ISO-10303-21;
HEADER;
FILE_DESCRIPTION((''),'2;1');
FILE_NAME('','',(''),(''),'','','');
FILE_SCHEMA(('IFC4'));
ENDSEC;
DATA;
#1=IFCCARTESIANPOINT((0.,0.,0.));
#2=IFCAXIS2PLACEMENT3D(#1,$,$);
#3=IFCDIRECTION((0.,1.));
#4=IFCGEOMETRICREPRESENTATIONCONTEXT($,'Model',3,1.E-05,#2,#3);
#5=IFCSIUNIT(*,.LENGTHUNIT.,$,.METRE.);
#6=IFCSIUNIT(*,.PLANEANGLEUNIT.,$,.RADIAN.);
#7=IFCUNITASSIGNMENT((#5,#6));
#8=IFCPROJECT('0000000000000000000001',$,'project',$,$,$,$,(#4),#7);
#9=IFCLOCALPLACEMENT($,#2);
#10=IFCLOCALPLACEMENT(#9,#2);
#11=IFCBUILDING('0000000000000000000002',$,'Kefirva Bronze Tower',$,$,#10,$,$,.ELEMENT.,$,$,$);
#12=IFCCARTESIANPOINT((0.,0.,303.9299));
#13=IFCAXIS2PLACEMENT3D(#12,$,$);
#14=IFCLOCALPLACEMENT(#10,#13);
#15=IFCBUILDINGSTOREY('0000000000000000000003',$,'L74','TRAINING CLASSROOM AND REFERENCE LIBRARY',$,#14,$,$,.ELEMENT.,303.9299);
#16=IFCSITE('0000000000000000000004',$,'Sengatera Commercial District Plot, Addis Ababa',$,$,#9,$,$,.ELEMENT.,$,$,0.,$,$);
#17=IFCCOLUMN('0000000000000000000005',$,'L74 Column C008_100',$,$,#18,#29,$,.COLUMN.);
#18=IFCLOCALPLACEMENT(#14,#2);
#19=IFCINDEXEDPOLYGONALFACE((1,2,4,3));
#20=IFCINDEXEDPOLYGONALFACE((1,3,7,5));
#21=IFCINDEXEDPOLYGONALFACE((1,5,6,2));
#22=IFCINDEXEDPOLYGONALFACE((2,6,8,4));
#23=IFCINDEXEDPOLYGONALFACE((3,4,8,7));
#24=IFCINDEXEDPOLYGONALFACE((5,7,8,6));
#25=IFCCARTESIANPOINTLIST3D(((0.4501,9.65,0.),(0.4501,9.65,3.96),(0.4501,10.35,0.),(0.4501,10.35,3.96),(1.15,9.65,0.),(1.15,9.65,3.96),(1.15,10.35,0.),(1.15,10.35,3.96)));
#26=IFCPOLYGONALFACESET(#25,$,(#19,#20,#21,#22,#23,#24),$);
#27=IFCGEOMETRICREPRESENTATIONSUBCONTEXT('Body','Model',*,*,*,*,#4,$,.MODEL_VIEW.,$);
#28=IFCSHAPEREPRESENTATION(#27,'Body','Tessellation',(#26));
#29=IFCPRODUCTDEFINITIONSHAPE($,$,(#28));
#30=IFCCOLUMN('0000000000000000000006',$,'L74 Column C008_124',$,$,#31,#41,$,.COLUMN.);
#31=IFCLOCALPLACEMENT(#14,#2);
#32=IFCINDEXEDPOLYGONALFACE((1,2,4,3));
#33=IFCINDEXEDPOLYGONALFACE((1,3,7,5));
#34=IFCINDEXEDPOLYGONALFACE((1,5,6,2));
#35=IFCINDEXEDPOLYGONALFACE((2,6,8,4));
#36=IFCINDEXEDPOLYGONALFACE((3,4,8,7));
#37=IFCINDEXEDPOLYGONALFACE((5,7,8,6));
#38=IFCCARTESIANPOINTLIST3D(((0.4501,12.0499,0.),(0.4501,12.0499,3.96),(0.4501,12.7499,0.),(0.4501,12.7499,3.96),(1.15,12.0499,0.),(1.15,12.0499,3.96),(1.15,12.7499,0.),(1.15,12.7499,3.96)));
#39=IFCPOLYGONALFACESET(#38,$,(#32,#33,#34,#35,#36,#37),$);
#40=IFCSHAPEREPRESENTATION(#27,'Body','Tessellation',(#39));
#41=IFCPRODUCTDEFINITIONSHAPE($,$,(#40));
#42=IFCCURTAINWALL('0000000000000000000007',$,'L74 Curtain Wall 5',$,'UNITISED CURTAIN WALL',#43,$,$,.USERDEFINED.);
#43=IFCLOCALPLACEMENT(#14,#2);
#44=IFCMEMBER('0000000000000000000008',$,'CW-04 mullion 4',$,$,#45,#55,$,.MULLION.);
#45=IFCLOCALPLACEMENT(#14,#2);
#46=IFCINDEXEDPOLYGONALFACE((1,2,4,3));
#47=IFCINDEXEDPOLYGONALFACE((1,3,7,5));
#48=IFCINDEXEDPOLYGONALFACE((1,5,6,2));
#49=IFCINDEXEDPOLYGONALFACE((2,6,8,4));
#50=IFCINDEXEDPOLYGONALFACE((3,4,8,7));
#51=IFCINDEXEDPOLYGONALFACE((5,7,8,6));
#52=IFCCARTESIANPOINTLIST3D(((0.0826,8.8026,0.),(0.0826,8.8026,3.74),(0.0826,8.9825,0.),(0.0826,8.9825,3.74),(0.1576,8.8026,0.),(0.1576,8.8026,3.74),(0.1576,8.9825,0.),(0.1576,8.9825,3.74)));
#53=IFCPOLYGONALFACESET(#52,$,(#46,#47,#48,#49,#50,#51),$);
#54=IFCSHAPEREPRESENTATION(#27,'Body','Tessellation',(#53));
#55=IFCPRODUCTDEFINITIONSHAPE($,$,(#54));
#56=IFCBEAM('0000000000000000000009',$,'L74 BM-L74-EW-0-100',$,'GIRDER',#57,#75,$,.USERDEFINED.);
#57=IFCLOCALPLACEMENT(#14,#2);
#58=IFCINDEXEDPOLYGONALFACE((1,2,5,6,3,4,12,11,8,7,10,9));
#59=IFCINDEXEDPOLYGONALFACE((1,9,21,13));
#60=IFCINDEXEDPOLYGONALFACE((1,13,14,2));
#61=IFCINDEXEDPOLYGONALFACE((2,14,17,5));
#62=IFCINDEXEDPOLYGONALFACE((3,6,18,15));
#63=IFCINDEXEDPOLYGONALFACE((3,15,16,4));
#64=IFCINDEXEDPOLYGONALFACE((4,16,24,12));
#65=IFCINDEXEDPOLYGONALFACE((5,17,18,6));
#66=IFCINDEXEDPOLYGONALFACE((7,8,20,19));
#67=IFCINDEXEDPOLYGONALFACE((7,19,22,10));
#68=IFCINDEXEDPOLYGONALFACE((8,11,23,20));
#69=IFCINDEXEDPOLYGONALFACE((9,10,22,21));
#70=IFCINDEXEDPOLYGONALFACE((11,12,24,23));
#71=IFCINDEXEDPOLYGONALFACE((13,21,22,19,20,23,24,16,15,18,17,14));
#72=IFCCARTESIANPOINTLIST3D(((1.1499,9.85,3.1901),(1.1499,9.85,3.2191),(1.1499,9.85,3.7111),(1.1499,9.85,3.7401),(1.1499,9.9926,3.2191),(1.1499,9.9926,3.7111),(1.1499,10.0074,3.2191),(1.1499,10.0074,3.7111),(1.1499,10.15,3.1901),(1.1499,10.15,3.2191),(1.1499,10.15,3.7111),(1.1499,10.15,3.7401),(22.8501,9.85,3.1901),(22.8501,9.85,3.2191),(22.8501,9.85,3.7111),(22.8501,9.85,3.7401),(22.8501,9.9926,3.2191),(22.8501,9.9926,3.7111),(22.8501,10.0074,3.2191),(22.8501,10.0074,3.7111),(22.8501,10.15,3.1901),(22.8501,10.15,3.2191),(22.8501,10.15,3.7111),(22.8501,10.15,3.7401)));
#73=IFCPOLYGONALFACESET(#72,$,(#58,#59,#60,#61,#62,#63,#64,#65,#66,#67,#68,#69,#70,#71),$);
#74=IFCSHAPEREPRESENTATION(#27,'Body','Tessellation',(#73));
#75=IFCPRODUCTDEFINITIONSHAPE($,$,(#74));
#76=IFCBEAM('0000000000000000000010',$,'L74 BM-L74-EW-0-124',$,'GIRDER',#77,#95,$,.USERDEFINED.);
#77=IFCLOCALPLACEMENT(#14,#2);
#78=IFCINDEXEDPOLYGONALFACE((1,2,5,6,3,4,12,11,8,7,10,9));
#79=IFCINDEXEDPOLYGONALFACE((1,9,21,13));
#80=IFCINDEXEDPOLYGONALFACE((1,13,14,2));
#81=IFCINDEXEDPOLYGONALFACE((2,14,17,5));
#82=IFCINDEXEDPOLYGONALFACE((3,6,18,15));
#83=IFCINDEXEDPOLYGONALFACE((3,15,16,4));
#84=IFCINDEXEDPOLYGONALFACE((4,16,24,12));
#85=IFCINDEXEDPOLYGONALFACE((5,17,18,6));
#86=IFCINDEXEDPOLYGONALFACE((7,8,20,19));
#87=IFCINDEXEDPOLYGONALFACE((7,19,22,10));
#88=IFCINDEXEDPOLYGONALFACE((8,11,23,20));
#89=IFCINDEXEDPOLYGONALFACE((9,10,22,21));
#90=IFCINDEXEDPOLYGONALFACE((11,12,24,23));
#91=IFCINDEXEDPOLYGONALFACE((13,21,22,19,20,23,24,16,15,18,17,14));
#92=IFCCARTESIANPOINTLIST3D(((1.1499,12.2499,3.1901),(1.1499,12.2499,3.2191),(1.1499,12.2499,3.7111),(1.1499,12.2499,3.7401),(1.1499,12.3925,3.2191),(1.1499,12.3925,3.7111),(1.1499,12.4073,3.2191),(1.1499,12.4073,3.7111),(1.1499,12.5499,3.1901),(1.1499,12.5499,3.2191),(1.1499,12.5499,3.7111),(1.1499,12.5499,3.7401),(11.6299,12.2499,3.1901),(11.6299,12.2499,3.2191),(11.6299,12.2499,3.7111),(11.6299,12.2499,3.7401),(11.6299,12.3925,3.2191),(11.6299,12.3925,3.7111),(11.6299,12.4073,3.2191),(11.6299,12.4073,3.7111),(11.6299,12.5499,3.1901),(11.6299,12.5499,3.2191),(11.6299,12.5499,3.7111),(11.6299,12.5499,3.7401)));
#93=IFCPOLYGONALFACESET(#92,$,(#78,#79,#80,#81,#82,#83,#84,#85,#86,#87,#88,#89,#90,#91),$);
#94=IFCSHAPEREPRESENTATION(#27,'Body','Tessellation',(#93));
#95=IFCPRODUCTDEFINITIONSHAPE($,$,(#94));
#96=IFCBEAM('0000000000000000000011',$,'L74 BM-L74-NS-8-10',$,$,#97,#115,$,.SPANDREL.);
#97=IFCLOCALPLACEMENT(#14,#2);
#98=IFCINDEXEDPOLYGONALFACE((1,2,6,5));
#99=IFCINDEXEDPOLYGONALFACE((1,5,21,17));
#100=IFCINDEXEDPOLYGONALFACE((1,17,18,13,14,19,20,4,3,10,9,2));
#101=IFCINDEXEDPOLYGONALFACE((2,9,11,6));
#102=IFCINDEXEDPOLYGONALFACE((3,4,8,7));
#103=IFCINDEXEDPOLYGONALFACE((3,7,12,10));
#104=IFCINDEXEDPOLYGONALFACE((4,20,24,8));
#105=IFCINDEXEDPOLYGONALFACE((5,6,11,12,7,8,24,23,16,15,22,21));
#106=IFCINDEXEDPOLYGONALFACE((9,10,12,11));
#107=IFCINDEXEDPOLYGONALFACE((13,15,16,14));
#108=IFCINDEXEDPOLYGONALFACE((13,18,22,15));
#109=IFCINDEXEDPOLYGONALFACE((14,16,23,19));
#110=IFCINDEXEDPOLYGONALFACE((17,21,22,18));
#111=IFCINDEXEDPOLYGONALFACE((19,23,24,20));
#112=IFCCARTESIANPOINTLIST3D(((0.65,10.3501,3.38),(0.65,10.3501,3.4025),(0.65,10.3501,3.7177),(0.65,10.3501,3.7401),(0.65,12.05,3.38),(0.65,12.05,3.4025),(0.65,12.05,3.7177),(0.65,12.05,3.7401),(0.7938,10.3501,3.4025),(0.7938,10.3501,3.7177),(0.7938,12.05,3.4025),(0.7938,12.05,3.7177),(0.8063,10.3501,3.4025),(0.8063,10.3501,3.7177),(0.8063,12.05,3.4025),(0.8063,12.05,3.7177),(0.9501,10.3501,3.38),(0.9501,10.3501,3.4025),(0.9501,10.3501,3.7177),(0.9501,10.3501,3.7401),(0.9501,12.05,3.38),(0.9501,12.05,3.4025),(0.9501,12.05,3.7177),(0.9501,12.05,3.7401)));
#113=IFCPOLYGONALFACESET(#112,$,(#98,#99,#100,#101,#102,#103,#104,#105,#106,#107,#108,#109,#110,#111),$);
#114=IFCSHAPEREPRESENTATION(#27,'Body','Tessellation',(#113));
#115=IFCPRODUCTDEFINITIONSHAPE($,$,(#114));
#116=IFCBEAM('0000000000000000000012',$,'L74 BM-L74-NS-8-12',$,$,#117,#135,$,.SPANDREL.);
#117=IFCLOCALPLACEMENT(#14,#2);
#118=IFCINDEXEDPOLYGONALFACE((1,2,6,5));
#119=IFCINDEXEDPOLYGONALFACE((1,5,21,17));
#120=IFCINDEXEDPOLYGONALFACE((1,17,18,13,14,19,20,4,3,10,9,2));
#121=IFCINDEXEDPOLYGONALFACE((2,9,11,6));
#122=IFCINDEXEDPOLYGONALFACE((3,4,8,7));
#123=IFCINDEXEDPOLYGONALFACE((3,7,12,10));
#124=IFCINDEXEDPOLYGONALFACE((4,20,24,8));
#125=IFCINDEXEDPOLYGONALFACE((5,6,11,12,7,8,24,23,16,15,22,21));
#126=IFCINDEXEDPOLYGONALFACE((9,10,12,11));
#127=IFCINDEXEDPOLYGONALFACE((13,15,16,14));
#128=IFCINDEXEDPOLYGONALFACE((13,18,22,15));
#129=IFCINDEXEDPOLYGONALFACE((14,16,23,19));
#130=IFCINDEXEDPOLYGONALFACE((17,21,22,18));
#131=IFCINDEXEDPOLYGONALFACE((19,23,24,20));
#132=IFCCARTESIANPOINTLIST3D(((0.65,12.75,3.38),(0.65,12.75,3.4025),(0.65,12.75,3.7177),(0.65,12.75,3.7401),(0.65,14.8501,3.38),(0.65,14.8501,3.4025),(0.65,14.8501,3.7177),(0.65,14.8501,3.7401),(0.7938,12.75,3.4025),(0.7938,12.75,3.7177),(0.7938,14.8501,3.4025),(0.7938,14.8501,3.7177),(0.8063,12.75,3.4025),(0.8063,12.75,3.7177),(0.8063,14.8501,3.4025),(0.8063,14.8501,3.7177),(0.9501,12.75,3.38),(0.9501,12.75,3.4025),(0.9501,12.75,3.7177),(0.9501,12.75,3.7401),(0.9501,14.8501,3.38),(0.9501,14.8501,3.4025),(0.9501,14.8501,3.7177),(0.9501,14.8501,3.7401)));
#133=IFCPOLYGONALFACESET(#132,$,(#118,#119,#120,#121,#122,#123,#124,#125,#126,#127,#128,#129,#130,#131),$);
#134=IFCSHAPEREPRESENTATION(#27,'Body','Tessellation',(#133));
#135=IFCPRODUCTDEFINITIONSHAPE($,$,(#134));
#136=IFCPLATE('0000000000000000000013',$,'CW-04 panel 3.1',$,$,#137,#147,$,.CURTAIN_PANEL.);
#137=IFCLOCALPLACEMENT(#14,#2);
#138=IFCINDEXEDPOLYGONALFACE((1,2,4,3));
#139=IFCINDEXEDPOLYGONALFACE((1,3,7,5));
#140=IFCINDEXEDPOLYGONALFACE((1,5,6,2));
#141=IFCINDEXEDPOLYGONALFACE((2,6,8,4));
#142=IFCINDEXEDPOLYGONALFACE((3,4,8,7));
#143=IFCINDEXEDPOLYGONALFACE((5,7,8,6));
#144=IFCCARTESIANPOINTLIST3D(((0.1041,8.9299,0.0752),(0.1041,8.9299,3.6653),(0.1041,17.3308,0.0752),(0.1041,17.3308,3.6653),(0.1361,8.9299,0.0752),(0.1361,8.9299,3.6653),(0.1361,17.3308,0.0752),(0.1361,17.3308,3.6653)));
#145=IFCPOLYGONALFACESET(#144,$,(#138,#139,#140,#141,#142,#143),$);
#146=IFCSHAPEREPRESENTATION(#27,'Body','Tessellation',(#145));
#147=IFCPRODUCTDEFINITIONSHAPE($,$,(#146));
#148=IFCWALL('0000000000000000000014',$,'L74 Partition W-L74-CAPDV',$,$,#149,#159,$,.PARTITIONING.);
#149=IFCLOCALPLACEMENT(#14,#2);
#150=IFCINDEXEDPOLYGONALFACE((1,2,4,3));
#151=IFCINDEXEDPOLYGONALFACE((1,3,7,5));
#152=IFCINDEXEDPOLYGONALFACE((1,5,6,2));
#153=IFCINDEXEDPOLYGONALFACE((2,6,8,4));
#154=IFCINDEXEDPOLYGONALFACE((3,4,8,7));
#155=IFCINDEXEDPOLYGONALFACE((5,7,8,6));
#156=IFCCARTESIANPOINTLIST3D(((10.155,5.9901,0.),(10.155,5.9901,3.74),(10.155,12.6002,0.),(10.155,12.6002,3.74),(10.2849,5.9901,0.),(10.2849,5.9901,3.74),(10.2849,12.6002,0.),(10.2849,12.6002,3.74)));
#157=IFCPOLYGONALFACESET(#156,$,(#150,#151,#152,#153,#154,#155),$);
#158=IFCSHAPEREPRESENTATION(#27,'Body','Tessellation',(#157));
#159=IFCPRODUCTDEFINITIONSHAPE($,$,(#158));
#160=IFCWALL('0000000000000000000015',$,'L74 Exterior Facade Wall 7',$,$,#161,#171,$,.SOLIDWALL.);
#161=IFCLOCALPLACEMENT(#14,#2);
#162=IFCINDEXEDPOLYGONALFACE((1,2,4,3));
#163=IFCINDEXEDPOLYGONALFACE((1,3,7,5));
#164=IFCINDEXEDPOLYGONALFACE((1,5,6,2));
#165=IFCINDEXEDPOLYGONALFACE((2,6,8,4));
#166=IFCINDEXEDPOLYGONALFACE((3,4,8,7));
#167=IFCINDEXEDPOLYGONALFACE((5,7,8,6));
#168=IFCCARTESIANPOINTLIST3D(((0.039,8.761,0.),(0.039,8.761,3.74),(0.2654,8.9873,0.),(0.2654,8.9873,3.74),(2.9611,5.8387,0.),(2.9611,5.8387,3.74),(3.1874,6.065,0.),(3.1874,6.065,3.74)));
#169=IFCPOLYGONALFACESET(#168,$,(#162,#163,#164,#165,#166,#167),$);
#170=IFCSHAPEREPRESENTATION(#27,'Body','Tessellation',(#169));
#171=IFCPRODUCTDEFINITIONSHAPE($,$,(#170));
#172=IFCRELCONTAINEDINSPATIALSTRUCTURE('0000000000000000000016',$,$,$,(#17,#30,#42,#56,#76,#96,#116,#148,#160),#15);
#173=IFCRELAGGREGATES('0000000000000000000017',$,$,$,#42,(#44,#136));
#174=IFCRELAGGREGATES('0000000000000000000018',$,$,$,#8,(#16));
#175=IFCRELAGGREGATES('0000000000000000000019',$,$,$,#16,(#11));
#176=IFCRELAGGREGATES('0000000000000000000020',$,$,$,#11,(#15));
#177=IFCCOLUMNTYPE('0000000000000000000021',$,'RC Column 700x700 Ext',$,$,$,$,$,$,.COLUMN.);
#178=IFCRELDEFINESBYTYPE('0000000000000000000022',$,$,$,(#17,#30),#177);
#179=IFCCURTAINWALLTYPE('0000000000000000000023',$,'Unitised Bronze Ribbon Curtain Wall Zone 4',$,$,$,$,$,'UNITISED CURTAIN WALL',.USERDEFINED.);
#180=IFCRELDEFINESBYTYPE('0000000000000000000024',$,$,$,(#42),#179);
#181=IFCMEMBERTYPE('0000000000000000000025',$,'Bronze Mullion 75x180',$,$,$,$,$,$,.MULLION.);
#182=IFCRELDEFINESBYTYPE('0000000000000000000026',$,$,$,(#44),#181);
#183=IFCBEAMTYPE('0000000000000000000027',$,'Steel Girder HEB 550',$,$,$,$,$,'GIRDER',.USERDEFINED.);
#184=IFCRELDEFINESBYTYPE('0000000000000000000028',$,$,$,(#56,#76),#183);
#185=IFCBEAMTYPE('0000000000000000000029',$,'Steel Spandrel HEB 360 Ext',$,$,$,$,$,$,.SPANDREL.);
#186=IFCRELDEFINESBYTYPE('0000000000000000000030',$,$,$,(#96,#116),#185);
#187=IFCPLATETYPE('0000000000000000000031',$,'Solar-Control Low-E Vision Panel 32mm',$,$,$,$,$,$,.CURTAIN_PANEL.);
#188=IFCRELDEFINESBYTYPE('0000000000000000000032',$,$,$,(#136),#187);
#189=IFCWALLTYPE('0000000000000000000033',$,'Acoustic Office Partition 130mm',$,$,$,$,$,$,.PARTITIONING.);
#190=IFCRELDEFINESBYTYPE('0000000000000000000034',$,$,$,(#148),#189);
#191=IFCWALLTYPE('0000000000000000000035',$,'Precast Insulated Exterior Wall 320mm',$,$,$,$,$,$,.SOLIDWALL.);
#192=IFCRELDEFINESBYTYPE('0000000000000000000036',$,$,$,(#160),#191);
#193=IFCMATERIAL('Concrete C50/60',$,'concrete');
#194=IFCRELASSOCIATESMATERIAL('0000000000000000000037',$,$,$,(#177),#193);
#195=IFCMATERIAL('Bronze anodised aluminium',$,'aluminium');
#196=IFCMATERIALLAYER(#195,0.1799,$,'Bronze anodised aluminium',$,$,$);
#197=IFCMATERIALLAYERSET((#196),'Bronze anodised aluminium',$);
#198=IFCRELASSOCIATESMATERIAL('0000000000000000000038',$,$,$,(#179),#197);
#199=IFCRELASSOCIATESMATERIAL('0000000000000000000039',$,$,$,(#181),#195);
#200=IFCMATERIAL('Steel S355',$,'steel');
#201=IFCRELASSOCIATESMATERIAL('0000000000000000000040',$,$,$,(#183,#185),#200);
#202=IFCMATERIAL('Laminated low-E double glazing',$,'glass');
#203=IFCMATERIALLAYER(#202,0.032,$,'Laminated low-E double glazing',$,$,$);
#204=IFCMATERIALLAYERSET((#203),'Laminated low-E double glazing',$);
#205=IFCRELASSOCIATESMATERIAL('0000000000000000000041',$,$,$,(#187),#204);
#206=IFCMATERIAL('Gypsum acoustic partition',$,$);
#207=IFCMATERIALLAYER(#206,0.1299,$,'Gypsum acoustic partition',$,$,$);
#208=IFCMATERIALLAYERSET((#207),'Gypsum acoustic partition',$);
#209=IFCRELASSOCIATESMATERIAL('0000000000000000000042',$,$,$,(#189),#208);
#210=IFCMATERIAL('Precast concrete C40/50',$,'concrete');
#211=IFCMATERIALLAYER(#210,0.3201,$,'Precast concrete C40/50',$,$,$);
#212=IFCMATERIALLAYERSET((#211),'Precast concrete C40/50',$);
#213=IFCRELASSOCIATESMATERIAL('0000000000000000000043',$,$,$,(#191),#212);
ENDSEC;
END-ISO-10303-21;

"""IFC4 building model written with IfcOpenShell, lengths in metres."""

from ifc_helpers import new_model, si_unit, direction, frame, frame_2d, origin, origin_2d, place, context, subcontext, project, spatial, rectangle, i_section, extrude, material, layer, layer_set, material_profile, profile_set, type_object, element, aggregate, save


model = new_model("IFC4")

# Units and contexts
model_context = context("Model", 3, precision=1e-05, world=origin(), true_north=direction((0.0, 1.0)))
body_context = subcontext(model_context, "Body", "Model", "MODEL_VIEW")
ifc_project = project(units=[si_unit("LENGTHUNIT", "METRE"), si_unit("PLANEANGLEUNIT", "RADIAN")], contexts=[model_context])

# Site, building, storey
site_placement = place(None, origin())
site = spatial("IfcSite", under=ifc_project, at=site_placement, Name="Sengatera Commercial District Plot, Addis Ababa", CompositionType="ELEMENT", RefElevation=0.0)
building_placement = place(site_placement, origin())
building = spatial("IfcBuilding", under=site, at=building_placement, Name="Kefirva Bronze Tower", CompositionType="ELEMENT")
storey_placement = place(building_placement, frame((0.0, 0.0, 303.9299)))
storey = spatial("IfcBuildingStorey", under=building, at=storey_placement, Name="L74", Description="TRAINING CLASSROOM AND REFERENCE LIBRARY", CompositionType="ELEMENT", Elevation=303.9299)

# Columns
ifc_material_1 = material(Name="Concrete C50/60", Category="concrete")
ifc_material_profile_1 = material_profile(ifc_material_1, rectangle(XDim=0.7, YDim=0.7, at=origin_2d()), Name="RC 700x700")
ifc_profile_set_1 = profile_set([ifc_material_profile_1], Name="Concrete C50/60")
column_type = type_object("IfcColumnType", Name="RC Column 700x700 Ext", PredefinedType="COLUMN", material=ifc_profile_set_1)
for number, where, z_axis, x_axis, name in (
    (1, (0.8, 10.0, 0.0), (0.0, 0.0, 1.0), (1.0, 0.0, 0.0), "L74 Column C008_100"),
    (2, (0.8, 12.3999, 0.0), (0.0, 0.0, 1.0), (1.0, 0.0, 0.0), "L74 Column C008_124"),
):
    element("IfcColumn", number, at=place(storey_placement, frame(where, z_axis=z_axis, x_axis=x_axis)), inside=storey, type_object=column_type, Name=name, PredefinedType="COLUMN", context=body_context, shape_type="SweptSolid", body=[
        extrude(rectangle(XDim=0.7, YDim=0.7, at=origin_2d()), origin(), (0.0, 0.0, 1.0), 3.96),
    ])

# Curtain wall, member
ifc_material_2 = material(Name="Bronze anodised aluminium", Category="aluminium")
ifc_layer_1 = layer(ifc_material_2, 0.1799, Name="Bronze anodised aluminium")
ifc_layer_set_1 = layer_set([ifc_layer_1], Name="Bronze anodised aluminium")
curtain_wall_type = type_object("IfcCurtainWallType", Name="Unitised Bronze Ribbon Curtain Wall Zone 4", ElementType="UNITISED CURTAIN WALL", PredefinedType="USERDEFINED", material=ifc_layer_set_1)
curtain_wall_placement = place(storey_placement, origin())
curtain_wall = element("IfcCurtainWall", 3, at=curtain_wall_placement, inside=storey, type_object=curtain_wall_type, Name="L74 Curtain Wall 5", ObjectType="UNITISED CURTAIN WALL", PredefinedType="USERDEFINED")
ifc_material_profile_2 = material_profile(ifc_material_2, rectangle(XDim=0.075, YDim=0.1799, at=origin_2d()), Name="ALU 75x180")
ifc_profile_set_2 = profile_set([ifc_material_profile_2], Name="Bronze anodised aluminium")
member_type = type_object("IfcMemberType", Name="Bronze Mullion 75x180", PredefinedType="MULLION", material=ifc_profile_set_2)
member_placement = place(storey_placement, frame((0.1201, 8.8926, 0.0), z_axis=(0.0, 0.0, 1.0), x_axis=(1.0, 0.0, 0.0)))
member = element("IfcMember", 4, at=member_placement, type_object=member_type, Name="CW-04 mullion 4", PredefinedType="MULLION", context=body_context, shape_type="SweptSolid", body=[
    extrude(rectangle(XDim=0.075, YDim=0.1799, at=origin_2d()), origin(), (0.0, 0.0, 1.0), 3.74),
])

# Beams
ifc_material_3 = material(Name="Steel S355", Category="steel")
ifc_material_profile_3 = material_profile(ifc_material_3, i_section(OverallWidth=0.3, OverallDepth=0.55, WebThickness=0.0149, FlangeThickness=0.0291, at=origin_2d()), Name="HEB 550")
ifc_profile_set_3 = profile_set([ifc_material_profile_3], Name="Steel S355")
beam_type_1 = type_object("IfcBeamType", Name="Steel Girder HEB 550", ElementType="GIRDER", PredefinedType="USERDEFINED", material=ifc_profile_set_3)
beam_1_placement = place(storey_placement, frame((1.1499, 10.0, 3.4651), z_axis=(1.0, 0.0, 0.0), x_axis=(0.0, 1.0, 0.0)))
element("IfcBeam", 5, at=beam_1_placement, inside=storey, type_object=beam_type_1, Name="L74 BM-L74-EW-0-100", ObjectType="GIRDER", PredefinedType="USERDEFINED", context=body_context, shape_type="SweptSolid", body=[
    extrude(i_section(OverallWidth=0.3, OverallDepth=0.55, WebThickness=0.0149, FlangeThickness=0.0291, at=origin_2d()), origin(), (0.0, 0.0, 1.0), 21.7002),
])
beam_2_placement = place(storey_placement, frame((1.1499, 12.3999, 3.4651), z_axis=(1.0, 0.0, 0.0), x_axis=(0.0, 1.0, 0.0)))
element("IfcBeam", 6, at=beam_2_placement, inside=storey, type_object=beam_type_1, Name="L74 BM-L74-EW-0-124", ObjectType="GIRDER", PredefinedType="USERDEFINED", context=body_context, shape_type="SweptSolid", body=[
    extrude(i_section(OverallWidth=0.3, OverallDepth=0.55, WebThickness=0.0149, FlangeThickness=0.0291, at=origin_2d()), origin(), (0.0, 0.0, 1.0), 10.48),
])
ifc_material_profile_4 = material_profile(ifc_material_3, i_section(OverallWidth=0.3, OverallDepth=0.3601, WebThickness=0.0125, FlangeThickness=0.0225, at=origin_2d()), Name="HEB 360")
ifc_profile_set_4 = profile_set([ifc_material_profile_4], Name="Steel S355")
beam_type_2 = type_object("IfcBeamType", Name="Steel Spandrel HEB 360 Ext", PredefinedType="SPANDREL", material=ifc_profile_set_4)
beam_3_placement = place(storey_placement, frame((0.8, 10.3501, 3.5601), z_axis=(0.0, 1.0, 0.0), x_axis=(-1.0, 0.0, 0.0)))
element("IfcBeam", 7, at=beam_3_placement, inside=storey, type_object=beam_type_2, Name="L74 BM-L74-NS-8-10", PredefinedType="SPANDREL", context=body_context, shape_type="SweptSolid", body=[
    extrude(i_section(OverallWidth=0.3, OverallDepth=0.3601, WebThickness=0.0125, FlangeThickness=0.0225, at=origin_2d()), origin(), (0.0, 0.0, 1.0), 1.7),
])
beam_4_placement = place(storey_placement, frame((0.8, 12.75, 3.5601), z_axis=(0.0, 1.0, 0.0), x_axis=(-1.0, 0.0, 0.0)))
element("IfcBeam", 8, at=beam_4_placement, inside=storey, type_object=beam_type_2, Name="L74 BM-L74-NS-8-12", PredefinedType="SPANDREL", context=body_context, shape_type="SweptSolid", body=[
    extrude(i_section(OverallWidth=0.3, OverallDepth=0.3601, WebThickness=0.0125, FlangeThickness=0.0225, at=origin_2d()), origin(), (0.0, 0.0, 1.0), 2.1001),
])

# Plate
ifc_material_4 = material(Name="Laminated low-E double glazing", Category="glass")
ifc_layer_2 = layer(ifc_material_4, 0.032, Name="Laminated low-E double glazing")
ifc_layer_set_2 = layer_set([ifc_layer_2], Name="Laminated low-E double glazing")
plate_type = type_object("IfcPlateType", Name="Solar-Control Low-E Vision Panel 32mm", PredefinedType="CURTAIN_PANEL", material=ifc_layer_set_2)
plate_placement = place(storey_placement, frame((0.1201, 13.1304, 0.0752), z_axis=(0.0, 0.0, 1.0), x_axis=(0.0, -1.0, 0.0)))
plate = element("IfcPlate", 9, at=plate_placement, type_object=plate_type, Name="CW-04 panel 3.1", PredefinedType="CURTAIN_PANEL", context=body_context, shape_type="SweptSolid", body=[
    extrude(rectangle(XDim=8.4009, YDim=0.032, at=origin_2d()), origin(), (0.0, 0.0, 1.0), 3.5901),
])
aggregate(curtain_wall, [member, plate])

# Walls
ifc_material_5 = material(Name="Gypsum acoustic partition")
ifc_layer_3 = layer(ifc_material_5, 0.1299, Name="Gypsum acoustic partition")
ifc_layer_set_3 = layer_set([ifc_layer_3], Name="Gypsum acoustic partition")
wall_type_1 = type_object("IfcWallType", Name="Acoustic Office Partition 130mm", PredefinedType="PARTITIONING", material=ifc_layer_set_3)
wall_1_placement = place(storey_placement, frame((10.22, 5.99, 0.0), z_axis=(0.0, 0.0, 1.0), x_axis=(0.0, 1.0, 0.0)))
element("IfcWall", 10, at=wall_1_placement, inside=storey, type_object=wall_type_1, Name="L74 Partition W-L74-CAPDV", PredefinedType="PARTITIONING", context=body_context, shape_type="SweptSolid", body=[
    extrude(rectangle(XDim=6.6101, YDim=0.1299, at=frame_2d((3.3052, 0.0))), origin(), (0.0, 0.0, 1.0), 3.74),
])
ifc_material_6 = material(Name="Precast concrete C40/50", Category="concrete")
ifc_layer_4 = layer(ifc_material_6, 0.3201, Name="Precast concrete C40/50")
ifc_layer_set_4 = layer_set([ifc_layer_4], Name="Precast concrete C40/50")
wall_type_2 = type_object("IfcWallType", Name="Precast Insulated Exterior Wall 320mm", PredefinedType="SOLIDWALL", material=ifc_layer_set_4)
wall_2_placement = place(storey_placement, frame((0.1521, 8.8743, 0.0), z_axis=(0.0, 0.0, 1.0), x_axis=(0.707077, -0.707136, 0.0)))
element("IfcWall", 11, at=wall_2_placement, inside=storey, type_object=wall_type_2, Name="L74 Exterior Facade Wall 7", PredefinedType="SOLIDWALL", context=body_context, shape_type="SweptSolid", body=[
    extrude(rectangle(XDim=4.1326, YDim=0.3201, at=frame_2d((2.0664, 0.0))), origin(), (0.0, 0.0, 1.0), 3.74),
])

save(model, "model.ifc")
